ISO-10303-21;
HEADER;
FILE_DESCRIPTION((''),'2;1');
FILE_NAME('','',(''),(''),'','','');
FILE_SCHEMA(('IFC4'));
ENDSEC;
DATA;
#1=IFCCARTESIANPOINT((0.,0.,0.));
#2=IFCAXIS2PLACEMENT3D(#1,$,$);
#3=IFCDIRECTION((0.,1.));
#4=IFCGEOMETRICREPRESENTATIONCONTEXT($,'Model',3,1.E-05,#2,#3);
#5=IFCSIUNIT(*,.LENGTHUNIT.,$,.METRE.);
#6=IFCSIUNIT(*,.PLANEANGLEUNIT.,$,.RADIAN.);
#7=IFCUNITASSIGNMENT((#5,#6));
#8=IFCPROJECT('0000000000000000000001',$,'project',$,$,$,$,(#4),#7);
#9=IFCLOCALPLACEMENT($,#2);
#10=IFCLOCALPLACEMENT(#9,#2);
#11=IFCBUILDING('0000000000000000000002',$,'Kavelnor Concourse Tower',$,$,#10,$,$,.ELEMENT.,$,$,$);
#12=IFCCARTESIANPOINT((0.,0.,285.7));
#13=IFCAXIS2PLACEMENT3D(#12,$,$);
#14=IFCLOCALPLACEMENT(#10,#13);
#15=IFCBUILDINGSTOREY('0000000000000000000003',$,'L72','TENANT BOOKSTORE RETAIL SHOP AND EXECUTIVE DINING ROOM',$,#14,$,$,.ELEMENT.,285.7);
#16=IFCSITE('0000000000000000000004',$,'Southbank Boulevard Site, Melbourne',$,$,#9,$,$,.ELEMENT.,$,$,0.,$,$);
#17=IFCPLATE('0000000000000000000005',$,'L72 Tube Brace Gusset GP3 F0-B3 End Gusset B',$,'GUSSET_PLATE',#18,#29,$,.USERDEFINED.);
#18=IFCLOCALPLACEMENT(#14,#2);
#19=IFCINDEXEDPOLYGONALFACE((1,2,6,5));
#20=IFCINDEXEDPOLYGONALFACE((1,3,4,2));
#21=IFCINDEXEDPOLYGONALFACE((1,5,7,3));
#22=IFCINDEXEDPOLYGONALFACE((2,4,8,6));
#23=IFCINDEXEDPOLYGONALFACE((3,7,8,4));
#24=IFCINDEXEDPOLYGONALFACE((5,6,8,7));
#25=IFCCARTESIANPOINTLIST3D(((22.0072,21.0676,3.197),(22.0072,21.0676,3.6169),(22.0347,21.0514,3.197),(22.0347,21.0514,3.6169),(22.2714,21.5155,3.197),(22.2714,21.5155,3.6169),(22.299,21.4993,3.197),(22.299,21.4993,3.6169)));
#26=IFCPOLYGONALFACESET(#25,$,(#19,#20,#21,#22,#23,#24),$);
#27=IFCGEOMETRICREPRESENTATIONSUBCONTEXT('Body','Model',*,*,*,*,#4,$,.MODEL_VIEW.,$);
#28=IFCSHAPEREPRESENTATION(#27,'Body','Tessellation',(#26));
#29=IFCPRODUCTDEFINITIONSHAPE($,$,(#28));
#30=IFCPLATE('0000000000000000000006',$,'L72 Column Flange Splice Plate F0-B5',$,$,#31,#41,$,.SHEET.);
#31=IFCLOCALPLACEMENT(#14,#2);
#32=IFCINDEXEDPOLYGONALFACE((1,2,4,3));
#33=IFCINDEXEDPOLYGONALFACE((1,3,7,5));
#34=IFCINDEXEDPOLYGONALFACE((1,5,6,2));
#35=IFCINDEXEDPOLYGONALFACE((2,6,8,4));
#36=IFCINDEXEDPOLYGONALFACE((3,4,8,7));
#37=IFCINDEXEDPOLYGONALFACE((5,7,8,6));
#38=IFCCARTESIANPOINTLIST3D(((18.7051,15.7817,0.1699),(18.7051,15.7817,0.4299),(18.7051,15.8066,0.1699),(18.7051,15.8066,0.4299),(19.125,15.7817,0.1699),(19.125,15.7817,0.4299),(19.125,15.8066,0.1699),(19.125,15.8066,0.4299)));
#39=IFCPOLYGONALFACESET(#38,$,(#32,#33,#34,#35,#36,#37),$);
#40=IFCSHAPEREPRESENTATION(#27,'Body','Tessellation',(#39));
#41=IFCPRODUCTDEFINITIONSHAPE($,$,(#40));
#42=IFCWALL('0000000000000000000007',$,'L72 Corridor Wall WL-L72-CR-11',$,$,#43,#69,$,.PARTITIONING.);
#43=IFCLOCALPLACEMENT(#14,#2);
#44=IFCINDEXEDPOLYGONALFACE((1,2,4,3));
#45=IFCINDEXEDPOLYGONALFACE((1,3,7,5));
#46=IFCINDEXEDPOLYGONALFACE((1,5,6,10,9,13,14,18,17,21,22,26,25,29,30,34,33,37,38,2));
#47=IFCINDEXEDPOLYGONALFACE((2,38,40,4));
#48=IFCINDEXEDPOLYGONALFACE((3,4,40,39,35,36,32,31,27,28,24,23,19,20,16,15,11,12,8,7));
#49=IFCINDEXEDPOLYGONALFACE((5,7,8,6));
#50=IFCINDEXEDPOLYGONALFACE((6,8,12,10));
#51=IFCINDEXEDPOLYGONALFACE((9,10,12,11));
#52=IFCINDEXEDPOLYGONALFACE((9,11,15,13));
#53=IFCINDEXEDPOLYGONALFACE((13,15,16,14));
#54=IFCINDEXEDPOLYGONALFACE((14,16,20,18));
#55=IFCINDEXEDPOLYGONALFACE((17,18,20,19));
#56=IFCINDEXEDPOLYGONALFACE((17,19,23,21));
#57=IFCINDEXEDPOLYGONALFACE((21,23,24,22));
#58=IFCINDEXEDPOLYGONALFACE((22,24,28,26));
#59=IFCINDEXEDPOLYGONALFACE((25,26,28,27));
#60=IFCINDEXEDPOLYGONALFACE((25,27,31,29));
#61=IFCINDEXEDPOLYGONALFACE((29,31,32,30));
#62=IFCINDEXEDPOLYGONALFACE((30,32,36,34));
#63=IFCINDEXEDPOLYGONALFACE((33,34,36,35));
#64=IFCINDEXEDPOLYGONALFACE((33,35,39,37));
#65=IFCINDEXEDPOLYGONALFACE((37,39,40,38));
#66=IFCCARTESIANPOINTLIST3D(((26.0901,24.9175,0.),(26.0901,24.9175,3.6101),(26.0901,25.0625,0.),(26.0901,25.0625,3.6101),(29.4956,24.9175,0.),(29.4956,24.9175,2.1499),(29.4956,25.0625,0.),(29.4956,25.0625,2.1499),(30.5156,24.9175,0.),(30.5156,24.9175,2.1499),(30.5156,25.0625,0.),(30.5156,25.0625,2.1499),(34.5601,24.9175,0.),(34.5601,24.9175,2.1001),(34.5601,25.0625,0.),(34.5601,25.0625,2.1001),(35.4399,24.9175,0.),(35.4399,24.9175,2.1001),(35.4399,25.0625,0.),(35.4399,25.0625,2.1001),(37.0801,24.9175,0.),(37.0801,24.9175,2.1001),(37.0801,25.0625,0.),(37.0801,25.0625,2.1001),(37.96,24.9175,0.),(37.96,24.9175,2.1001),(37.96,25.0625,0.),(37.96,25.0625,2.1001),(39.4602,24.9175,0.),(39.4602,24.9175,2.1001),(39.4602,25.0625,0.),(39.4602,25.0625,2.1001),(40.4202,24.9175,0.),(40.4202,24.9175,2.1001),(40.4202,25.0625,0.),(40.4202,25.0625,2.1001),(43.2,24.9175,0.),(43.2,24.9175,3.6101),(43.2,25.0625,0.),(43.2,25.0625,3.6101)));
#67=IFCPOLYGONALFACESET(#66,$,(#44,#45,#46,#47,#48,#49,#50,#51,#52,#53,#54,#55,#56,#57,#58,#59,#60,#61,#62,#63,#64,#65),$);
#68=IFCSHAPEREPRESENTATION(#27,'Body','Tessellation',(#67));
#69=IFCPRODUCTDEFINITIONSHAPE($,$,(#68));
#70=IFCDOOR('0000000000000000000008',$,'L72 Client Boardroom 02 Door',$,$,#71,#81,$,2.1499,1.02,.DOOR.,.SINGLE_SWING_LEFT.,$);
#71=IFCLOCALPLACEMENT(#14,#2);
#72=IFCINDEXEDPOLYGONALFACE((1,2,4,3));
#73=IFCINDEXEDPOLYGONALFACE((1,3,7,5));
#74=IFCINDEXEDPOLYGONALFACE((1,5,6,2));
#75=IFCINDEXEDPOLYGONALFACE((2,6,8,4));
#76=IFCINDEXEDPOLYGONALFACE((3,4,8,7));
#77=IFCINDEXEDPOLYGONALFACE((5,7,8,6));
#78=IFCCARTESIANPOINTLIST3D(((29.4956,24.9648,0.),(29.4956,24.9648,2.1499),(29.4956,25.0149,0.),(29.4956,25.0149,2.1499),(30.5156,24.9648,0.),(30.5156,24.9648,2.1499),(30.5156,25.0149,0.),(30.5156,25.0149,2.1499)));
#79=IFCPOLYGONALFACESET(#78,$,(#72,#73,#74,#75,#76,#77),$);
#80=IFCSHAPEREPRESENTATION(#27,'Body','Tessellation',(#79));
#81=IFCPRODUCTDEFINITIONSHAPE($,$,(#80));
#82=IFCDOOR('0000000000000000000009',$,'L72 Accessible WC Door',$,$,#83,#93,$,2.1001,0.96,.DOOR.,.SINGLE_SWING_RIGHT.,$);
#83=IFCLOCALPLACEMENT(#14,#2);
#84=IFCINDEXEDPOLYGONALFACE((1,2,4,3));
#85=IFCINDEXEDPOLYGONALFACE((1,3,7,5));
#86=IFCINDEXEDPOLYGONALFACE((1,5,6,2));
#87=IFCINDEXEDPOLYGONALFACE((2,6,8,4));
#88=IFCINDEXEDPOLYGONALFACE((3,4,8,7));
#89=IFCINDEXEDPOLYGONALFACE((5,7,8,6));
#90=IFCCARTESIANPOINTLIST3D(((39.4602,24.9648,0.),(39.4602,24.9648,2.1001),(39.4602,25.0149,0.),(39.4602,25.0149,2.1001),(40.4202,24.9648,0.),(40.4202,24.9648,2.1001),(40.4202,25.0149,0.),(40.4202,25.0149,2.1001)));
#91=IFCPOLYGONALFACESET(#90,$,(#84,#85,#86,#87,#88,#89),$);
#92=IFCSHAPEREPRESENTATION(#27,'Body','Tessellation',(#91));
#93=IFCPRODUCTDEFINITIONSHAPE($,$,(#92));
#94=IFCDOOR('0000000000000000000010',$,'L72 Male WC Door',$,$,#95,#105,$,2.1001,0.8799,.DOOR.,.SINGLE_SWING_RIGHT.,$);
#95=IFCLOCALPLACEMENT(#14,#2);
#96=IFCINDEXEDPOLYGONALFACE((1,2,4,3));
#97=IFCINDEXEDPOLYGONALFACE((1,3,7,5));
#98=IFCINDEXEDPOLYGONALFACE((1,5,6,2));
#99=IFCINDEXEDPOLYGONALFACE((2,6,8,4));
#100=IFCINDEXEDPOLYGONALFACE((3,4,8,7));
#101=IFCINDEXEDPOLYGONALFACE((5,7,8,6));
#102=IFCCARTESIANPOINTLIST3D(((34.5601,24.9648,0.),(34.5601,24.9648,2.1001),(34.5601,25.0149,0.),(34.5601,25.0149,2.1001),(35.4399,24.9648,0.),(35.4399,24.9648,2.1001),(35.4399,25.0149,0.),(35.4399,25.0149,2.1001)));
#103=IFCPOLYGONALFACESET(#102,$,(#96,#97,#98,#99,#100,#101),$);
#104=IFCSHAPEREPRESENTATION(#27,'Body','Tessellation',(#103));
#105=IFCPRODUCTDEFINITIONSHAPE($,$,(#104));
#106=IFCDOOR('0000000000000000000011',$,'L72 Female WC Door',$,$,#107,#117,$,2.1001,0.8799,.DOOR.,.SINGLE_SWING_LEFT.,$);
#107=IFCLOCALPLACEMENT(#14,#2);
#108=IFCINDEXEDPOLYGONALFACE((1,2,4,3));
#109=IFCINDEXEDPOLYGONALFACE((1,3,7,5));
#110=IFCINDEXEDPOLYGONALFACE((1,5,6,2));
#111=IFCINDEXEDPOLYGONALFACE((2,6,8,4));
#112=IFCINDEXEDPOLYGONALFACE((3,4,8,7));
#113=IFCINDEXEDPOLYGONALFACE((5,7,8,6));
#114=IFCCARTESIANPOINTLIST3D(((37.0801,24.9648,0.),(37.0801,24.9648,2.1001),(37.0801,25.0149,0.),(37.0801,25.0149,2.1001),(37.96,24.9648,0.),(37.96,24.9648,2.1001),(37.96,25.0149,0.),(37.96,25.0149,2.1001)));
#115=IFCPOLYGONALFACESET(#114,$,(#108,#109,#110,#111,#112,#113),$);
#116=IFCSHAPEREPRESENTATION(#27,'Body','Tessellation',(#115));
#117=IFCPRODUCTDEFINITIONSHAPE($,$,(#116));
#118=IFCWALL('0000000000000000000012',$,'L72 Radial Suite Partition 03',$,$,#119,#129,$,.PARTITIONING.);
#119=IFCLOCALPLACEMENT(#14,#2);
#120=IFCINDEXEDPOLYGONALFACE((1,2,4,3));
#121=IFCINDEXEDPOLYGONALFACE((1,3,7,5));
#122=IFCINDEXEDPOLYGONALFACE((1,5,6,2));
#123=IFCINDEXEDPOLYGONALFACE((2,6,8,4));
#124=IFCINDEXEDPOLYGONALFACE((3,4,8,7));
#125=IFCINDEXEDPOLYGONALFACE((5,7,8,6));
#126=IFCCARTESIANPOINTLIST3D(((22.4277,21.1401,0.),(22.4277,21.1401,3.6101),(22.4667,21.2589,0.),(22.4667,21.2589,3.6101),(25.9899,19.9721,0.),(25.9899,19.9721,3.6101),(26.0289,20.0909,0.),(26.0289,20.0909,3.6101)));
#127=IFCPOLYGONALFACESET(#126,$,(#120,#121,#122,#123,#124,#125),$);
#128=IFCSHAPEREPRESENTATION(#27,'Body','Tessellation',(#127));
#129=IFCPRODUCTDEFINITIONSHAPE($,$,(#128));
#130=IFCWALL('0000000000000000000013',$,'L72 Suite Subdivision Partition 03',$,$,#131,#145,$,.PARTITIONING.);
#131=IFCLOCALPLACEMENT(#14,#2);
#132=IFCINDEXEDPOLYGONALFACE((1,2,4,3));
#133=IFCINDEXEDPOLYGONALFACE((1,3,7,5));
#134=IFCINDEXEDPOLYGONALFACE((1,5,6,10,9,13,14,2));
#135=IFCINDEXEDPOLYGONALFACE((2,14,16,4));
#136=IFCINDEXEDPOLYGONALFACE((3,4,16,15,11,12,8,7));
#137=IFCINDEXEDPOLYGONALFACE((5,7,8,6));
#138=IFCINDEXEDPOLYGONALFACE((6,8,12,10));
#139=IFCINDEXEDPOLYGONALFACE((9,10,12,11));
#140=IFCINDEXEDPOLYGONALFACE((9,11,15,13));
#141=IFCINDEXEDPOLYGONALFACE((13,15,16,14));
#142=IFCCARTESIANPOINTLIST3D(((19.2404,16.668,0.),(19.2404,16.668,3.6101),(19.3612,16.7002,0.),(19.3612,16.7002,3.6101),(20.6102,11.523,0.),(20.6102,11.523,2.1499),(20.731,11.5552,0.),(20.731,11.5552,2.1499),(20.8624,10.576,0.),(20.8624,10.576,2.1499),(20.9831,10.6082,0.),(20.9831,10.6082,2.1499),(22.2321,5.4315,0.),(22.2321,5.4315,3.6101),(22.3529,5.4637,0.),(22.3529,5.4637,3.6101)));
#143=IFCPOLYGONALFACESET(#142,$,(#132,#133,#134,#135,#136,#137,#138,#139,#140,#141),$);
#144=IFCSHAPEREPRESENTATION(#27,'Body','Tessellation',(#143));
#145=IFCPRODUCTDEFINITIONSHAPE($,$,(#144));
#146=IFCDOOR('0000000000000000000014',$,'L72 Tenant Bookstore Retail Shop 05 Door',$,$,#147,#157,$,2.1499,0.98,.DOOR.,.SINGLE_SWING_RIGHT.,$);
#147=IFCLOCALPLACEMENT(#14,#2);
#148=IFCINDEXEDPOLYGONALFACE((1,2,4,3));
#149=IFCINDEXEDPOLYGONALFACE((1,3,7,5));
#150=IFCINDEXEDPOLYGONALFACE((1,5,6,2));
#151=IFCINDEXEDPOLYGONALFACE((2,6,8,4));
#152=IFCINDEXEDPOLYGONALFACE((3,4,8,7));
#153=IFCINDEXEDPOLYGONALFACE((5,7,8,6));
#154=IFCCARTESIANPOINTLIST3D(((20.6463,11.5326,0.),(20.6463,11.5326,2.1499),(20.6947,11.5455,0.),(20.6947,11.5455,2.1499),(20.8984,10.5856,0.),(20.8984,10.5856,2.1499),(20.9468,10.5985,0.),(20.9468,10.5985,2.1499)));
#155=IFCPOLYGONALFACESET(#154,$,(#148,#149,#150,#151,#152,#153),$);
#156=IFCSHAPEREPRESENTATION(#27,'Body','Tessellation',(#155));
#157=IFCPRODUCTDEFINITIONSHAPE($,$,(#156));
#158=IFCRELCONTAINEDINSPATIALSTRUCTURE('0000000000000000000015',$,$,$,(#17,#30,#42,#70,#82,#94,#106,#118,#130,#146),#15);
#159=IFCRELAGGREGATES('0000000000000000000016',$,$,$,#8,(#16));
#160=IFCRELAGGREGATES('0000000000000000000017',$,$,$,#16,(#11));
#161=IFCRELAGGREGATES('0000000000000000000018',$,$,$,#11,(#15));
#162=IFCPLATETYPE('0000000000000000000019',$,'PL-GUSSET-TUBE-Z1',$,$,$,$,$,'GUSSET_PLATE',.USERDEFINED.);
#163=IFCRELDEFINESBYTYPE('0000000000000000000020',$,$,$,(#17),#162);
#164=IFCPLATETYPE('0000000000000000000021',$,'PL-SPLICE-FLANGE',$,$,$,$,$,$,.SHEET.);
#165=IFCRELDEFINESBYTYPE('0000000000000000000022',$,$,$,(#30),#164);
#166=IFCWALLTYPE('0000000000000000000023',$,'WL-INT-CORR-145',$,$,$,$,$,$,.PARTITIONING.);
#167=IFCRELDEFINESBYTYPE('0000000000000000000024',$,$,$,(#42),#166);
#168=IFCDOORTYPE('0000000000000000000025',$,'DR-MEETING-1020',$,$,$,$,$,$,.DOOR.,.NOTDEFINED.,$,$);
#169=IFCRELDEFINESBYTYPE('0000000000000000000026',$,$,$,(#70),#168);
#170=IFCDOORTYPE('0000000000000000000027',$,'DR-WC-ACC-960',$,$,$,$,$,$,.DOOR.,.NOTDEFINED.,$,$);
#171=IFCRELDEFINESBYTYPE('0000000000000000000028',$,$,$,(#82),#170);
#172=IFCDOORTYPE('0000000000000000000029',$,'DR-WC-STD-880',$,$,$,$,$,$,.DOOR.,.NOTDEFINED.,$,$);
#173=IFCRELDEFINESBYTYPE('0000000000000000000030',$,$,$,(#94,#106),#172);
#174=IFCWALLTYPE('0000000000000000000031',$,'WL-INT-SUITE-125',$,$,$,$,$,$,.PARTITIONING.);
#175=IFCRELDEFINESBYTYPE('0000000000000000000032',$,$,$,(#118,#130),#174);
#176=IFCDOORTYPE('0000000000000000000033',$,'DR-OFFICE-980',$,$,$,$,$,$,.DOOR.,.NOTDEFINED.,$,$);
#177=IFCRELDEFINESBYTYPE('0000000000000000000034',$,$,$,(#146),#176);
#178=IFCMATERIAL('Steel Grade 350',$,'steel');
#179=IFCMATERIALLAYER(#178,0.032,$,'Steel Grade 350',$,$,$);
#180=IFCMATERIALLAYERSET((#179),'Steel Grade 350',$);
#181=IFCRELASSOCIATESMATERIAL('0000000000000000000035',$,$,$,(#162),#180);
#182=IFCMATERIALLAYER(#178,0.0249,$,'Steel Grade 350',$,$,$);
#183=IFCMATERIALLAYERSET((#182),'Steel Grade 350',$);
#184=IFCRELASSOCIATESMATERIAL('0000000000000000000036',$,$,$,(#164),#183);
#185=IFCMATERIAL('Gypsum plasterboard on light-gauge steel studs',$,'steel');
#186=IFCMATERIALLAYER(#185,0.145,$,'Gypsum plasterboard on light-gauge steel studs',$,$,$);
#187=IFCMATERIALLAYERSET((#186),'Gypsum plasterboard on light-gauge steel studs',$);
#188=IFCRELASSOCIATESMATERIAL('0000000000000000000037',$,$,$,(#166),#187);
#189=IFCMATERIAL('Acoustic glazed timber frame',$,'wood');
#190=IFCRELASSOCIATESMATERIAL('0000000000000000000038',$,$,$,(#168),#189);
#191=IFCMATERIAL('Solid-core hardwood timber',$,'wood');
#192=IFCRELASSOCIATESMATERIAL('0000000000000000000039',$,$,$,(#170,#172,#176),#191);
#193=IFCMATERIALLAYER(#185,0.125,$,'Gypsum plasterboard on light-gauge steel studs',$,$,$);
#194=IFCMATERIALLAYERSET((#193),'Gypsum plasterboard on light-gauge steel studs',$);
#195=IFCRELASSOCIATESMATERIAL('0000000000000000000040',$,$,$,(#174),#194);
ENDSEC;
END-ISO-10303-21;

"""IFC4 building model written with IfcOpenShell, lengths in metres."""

from ifc_helpers import new_model, si_unit, direction, frame, frame_2d, origin, origin_2d, place, context, subcontext, project, spatial, rectangle, extrude, material, layer, layer_set, type_object, element, fill, save


model = new_model("IFC4")

# Units and contexts
model_context = context("Model", 3, precision=1e-05, world=origin(), true_north=direction((0.0, 1.0)))
body_context = subcontext(model_context, "Body", "Model", "MODEL_VIEW")
ifc_project = project(units=[si_unit("LENGTHUNIT", "METRE"), si_unit("PLANEANGLEUNIT", "RADIAN")], contexts=[model_context])

# Site, building, storey
site_placement = place(None, origin())
site = spatial("IfcSite", under=ifc_project, at=site_placement, Name="Southbank Boulevard Site, Melbourne", CompositionType="ELEMENT", RefElevation=0.0)
building_placement = place(site_placement, origin())
building = spatial("IfcBuilding", under=site, at=building_placement, Name="Kavelnor Concourse Tower", CompositionType="ELEMENT")
storey_placement = place(building_placement, frame((0.0, 0.0, 285.7)))
storey = spatial("IfcBuildingStorey", under=building, at=storey_placement, Name="L72", Description="TENANT BOOKSTORE RETAIL SHOP AND EXECUTIVE DINING ROOM", CompositionType="ELEMENT", Elevation=285.7)

# Shared definitions
ifc_material_1 = material(Name="Steel Grade 350", Category="steel")

# Plates
ifc_layer_1 = layer(ifc_material_1, 0.032, Name="Steel Grade 350")
ifc_layer_set_1 = layer_set([ifc_layer_1], Name="Steel Grade 350")
plate_type_1 = type_object("IfcPlateType", Name="PL-GUSSET-TUBE-Z1", ElementType="GUSSET_PLATE", PredefinedType="USERDEFINED", material=ifc_layer_set_1)
plate_1_placement = place(storey_placement, frame((22.1531, 21.2834, 3.197), z_axis=(0.0, 0.0, 1.0), x_axis=(-0.50814, -0.861275, 0.0)))
element("IfcPlate", 1, at=plate_1_placement, inside=storey, type_object=plate_type_1, Name="L72 Tube Brace Gusset GP3 F0-B3 End Gusset B", ObjectType="GUSSET_PLATE", PredefinedType="USERDEFINED", context=body_context, shape_type="SweptSolid", body=[
    extrude(rectangle(XDim=0.52, YDim=0.032, at=origin_2d()), origin(), (0.0, 0.0, 1.0), 0.4199),
])
ifc_layer_2 = layer(ifc_material_1, 0.0249, Name="Steel Grade 350")
ifc_layer_set_2 = layer_set([ifc_layer_2], Name="Steel Grade 350")
plate_type_2 = type_object("IfcPlateType", Name="PL-SPLICE-FLANGE", PredefinedType="SHEET", material=ifc_layer_set_2)
plate_2_placement = place(storey_placement, frame((18.915, 15.7942, 0.1699), z_axis=(0.0, 0.0, 1.0), x_axis=(1.0, 0.0, 0.0)))
element("IfcPlate", 2, at=plate_2_placement, inside=storey, type_object=plate_type_2, Name="L72 Column Flange Splice Plate F0-B5", PredefinedType="SHEET", context=body_context, shape_type="SweptSolid", body=[
    extrude(rectangle(XDim=0.4199, YDim=0.0249, at=origin_2d()), origin(), (0.0, 0.0, 1.0), 0.26),
])

# Wall, openings, doors
ifc_material_2 = material(Name="Gypsum plasterboard on light-gauge steel studs", Category="steel")
ifc_layer_3 = layer(ifc_material_2, 0.145, Name="Gypsum plasterboard on light-gauge steel studs")
ifc_layer_set_3 = layer_set([ifc_layer_3], Name="Gypsum plasterboard on light-gauge steel studs")
wall_type_1 = type_object("IfcWallType", Name="WL-INT-CORR-145", PredefinedType="PARTITIONING", material=ifc_layer_set_3)
wall_1_placement = place(storey_placement, frame((26.0901, 24.99, 0.0), z_axis=(0.0, 0.0, 1.0), x_axis=(1.0, 0.0, 0.0)))
wall_1 = element("IfcWall", 3, at=wall_1_placement, inside=storey, type_object=wall_type_1, Name="L72 Corridor Wall WL-L72-CR-11", PredefinedType="PARTITIONING", context=body_context, shape_type="SweptSolid", body=[
    extrude(rectangle(XDim=17.1099, YDim=0.145, at=frame_2d((8.5549, 0.0))), origin(), (0.0, 0.0, 1.0), 3.6101),
])
opening_1_placement = place(wall_1_placement, frame((8.47, 0.0, 0.0)))
opening_1 = element("IfcOpeningElement", 4, at=opening_1_placement, cuts=wall_1, PredefinedType="OPENING", context=body_context, shape_type="SweptSolid", body=[
    extrude(rectangle(XDim=0.8799, YDim=2.1001, at=frame_2d((0.4399, 1.05))), frame((0.0, 0.0825, 0.0), z_axis=(0.0, -1.0, 0.0), x_axis=(1.0, 0.0, 0.0)), (0.0, 0.0, 1.0), 0.165),
])
opening_2_placement = place(wall_1_placement, frame((10.99, 0.0, 0.0)))
opening_2 = element("IfcOpeningElement", 5, at=opening_2_placement, cuts=wall_1, PredefinedType="OPENING", context=body_context, shape_type="SweptSolid", body=[
    extrude(rectangle(XDim=0.8799, YDim=2.1001, at=frame_2d((0.4399, 1.05))), frame((0.0, 0.0825, 0.0), z_axis=(0.0, -1.0, 0.0), x_axis=(1.0, 0.0, 0.0)), (0.0, 0.0, 1.0), 0.165),
])
opening_3_placement = place(wall_1_placement, frame((13.3701, 0.0, 0.0)))
opening_3 = element("IfcOpeningElement", 6, at=opening_3_placement, cuts=wall_1, PredefinedType="OPENING", context=body_context, shape_type="SweptSolid", body=[
    extrude(rectangle(XDim=0.96, YDim=2.1001, at=frame_2d((0.48, 1.05))), frame((0.0, 0.0825, 0.0), z_axis=(0.0, -1.0, 0.0), x_axis=(1.0, 0.0, 0.0)), (0.0, 0.0, 1.0), 0.165),
])
opening_4_placement = place(wall_1_placement, frame((3.4055, 0.0, 0.0)))
opening_4 = element("IfcOpeningElement", 7, at=opening_4_placement, cuts=wall_1, PredefinedType="OPENING", context=body_context, shape_type="SweptSolid", body=[
    extrude(rectangle(XDim=1.02, YDim=2.1499, at=frame_2d((0.51, 1.075))), frame((0.0, 0.0825, 0.0), z_axis=(0.0, -1.0, 0.0), x_axis=(1.0, 0.0, 0.0)), (0.0, 0.0, 1.0), 0.165),
])
ifc_material_3 = material(Name="Acoustic glazed timber frame", Category="wood")
door_type_1 = type_object("IfcDoorType", Name="DR-MEETING-1020", OperationType="NOTDEFINED", PredefinedType="DOOR", material=ifc_material_3)
door_1_placement = place(opening_4_placement, origin())
door_1 = element("IfcDoor", 8, at=door_1_placement, inside=storey, type_object=door_type_1, Name="L72 Client Boardroom 02 Door", OperationType="SINGLE_SWING_LEFT", OverallHeight=2.1499, OverallWidth=1.02, PredefinedType="DOOR", context=body_context, shape_type="SweptSolid", body=[
    extrude(rectangle(XDim=1.02, YDim=2.1499, at=frame_2d((0.51, 1.075))), frame((0.0, 0.0249, 0.0), z_axis=(0.0, -1.0, 0.0), x_axis=(1.0, 0.0, 0.0)), (0.0, 0.0, 1.0), 0.05),
])
fill(opening_4, door_1)
ifc_material_4 = material(Name="Solid-core hardwood timber", Category="wood")
door_type_2 = type_object("IfcDoorType", Name="DR-WC-ACC-960", OperationType="NOTDEFINED", PredefinedType="DOOR", material=ifc_material_4)
door_2_placement = place(opening_3_placement, origin())
door_2 = element("IfcDoor", 9, at=door_2_placement, inside=storey, type_object=door_type_2, Name="L72 Accessible WC Door", OperationType="SINGLE_SWING_RIGHT", OverallHeight=2.1001, OverallWidth=0.96, PredefinedType="DOOR", context=body_context, shape_type="SweptSolid", body=[
    extrude(rectangle(XDim=0.96, YDim=2.1001, at=frame_2d((0.48, 1.05))), frame((0.0, 0.0249, 0.0), z_axis=(0.0, -1.0, 0.0), x_axis=(1.0, 0.0, 0.0)), (0.0, 0.0, 1.0), 0.05),
])
fill(opening_3, door_2)
door_type_3 = type_object("IfcDoorType", Name="DR-WC-STD-880", OperationType="NOTDEFINED", PredefinedType="DOOR", material=ifc_material_4)
door_3_placement = place(opening_1_placement, origin())
door_3 = element("IfcDoor", 10, at=door_3_placement, inside=storey, type_object=door_type_3, Name="L72 Male WC Door", OperationType="SINGLE_SWING_RIGHT", OverallHeight=2.1001, OverallWidth=0.8799, PredefinedType="DOOR", context=body_context, shape_type="SweptSolid", body=[
    extrude(rectangle(XDim=0.8799, YDim=2.1001, at=frame_2d((0.4399, 1.05))), frame((0.0, 0.0249, 0.0), z_axis=(0.0, -1.0, 0.0), x_axis=(1.0, 0.0, 0.0)), (0.0, 0.0, 1.0), 0.05),
])
fill(opening_1, door_3)
door_4_placement = place(opening_2_placement, origin())
door_4 = element("IfcDoor", 11, at=door_4_placement, inside=storey, type_object=door_type_3, Name="L72 Female WC Door", OperationType="SINGLE_SWING_LEFT", OverallHeight=2.1001, OverallWidth=0.8799, PredefinedType="DOOR", context=body_context, shape_type="SweptSolid", body=[
    extrude(rectangle(XDim=0.8799, YDim=2.1001, at=frame_2d((0.4399, 1.05))), frame((0.0, 0.0249, 0.0), z_axis=(0.0, -1.0, 0.0), x_axis=(1.0, 0.0, 0.0)), (0.0, 0.0, 1.0), 0.05),
])
fill(opening_2, door_4)

# Wall
ifc_layer_4 = layer(ifc_material_2, 0.125, Name="Gypsum plasterboard on light-gauge steel studs")
ifc_layer_set_4 = layer_set([ifc_layer_4], Name="Gypsum plasterboard on light-gauge steel studs")
wall_type_2 = type_object("IfcWallType", Name="WL-INT-SUITE-125", PredefinedType="PARTITIONING", material=ifc_layer_set_4)
wall_2_placement = place(storey_placement, frame((26.0095, 20.0315, 0.0), z_axis=(0.0, 0.0, 1.0), x_axis=(-0.950228, 0.311555, 0.0)))
element("IfcWall", 12, at=wall_2_placement, inside=storey, type_object=wall_type_2, Name="L72 Radial Suite Partition 03", PredefinedType="PARTITIONING", context=body_context, shape_type="SweptSolid", body=[
    extrude(rectangle(XDim=3.7488, YDim=0.125, at=frame_2d((1.8745, 0.0))), origin(), (0.0, 0.0, 1.0), 3.6101),
])

# Wall, opening, door
wall_3_placement = place(storey_placement, frame((19.3008, 16.6841, 0.0), z_axis=(0.0, 0.0, 1.0), x_axis=(0.257284, -0.966336, 0.0)))
wall_3 = element("IfcWall", 13, at=wall_3_placement, inside=storey, type_object=wall_type_2, Name="L72 Suite Subdivision Partition 03", PredefinedType="PARTITIONING", context=body_context, shape_type="SweptSolid", body=[
    extrude(rectangle(XDim=11.6279, YDim=0.125, at=frame_2d((5.814, 0.0))), origin(), (0.0, 0.0, 1.0), 3.6101),
])
opening_5_placement = place(wall_3_placement, frame((5.3242, 0.0, 0.0)))
opening_5 = element("IfcOpeningElement", 14, at=opening_5_placement, cuts=wall_3, PredefinedType="OPENING", context=body_context, shape_type="SweptSolid", body=[
    extrude(rectangle(XDim=0.98, YDim=2.1499, at=frame_2d((0.49, 1.075))), frame((0.0, 0.0725, 0.0), z_axis=(0.0, -1.0, 0.0), x_axis=(1.0, 0.0, 0.0)), (0.0, 0.0, 1.0), 0.145),
])
door_type_4 = type_object("IfcDoorType", Name="DR-OFFICE-980", OperationType="NOTDEFINED", PredefinedType="DOOR", material=ifc_material_4)
door_5_placement = place(opening_5_placement, origin())
door_5 = element("IfcDoor", 15, at=door_5_placement, inside=storey, type_object=door_type_4, Name="L72 Tenant Bookstore Retail Shop 05 Door", OperationType="SINGLE_SWING_RIGHT", OverallHeight=2.1499, OverallWidth=0.98, PredefinedType="DOOR", context=body_context, shape_type="SweptSolid", body=[
    extrude(rectangle(XDim=0.98, YDim=2.1499, at=frame_2d((0.49, 1.075))), frame((0.0, 0.0249, 0.0), z_axis=(0.0, -1.0, 0.0), x_axis=(1.0, 0.0, 0.0)), (0.0, 0.0, 1.0), 0.05),
])
fill(opening_5, door_5)

save(model, "model.ifc")
